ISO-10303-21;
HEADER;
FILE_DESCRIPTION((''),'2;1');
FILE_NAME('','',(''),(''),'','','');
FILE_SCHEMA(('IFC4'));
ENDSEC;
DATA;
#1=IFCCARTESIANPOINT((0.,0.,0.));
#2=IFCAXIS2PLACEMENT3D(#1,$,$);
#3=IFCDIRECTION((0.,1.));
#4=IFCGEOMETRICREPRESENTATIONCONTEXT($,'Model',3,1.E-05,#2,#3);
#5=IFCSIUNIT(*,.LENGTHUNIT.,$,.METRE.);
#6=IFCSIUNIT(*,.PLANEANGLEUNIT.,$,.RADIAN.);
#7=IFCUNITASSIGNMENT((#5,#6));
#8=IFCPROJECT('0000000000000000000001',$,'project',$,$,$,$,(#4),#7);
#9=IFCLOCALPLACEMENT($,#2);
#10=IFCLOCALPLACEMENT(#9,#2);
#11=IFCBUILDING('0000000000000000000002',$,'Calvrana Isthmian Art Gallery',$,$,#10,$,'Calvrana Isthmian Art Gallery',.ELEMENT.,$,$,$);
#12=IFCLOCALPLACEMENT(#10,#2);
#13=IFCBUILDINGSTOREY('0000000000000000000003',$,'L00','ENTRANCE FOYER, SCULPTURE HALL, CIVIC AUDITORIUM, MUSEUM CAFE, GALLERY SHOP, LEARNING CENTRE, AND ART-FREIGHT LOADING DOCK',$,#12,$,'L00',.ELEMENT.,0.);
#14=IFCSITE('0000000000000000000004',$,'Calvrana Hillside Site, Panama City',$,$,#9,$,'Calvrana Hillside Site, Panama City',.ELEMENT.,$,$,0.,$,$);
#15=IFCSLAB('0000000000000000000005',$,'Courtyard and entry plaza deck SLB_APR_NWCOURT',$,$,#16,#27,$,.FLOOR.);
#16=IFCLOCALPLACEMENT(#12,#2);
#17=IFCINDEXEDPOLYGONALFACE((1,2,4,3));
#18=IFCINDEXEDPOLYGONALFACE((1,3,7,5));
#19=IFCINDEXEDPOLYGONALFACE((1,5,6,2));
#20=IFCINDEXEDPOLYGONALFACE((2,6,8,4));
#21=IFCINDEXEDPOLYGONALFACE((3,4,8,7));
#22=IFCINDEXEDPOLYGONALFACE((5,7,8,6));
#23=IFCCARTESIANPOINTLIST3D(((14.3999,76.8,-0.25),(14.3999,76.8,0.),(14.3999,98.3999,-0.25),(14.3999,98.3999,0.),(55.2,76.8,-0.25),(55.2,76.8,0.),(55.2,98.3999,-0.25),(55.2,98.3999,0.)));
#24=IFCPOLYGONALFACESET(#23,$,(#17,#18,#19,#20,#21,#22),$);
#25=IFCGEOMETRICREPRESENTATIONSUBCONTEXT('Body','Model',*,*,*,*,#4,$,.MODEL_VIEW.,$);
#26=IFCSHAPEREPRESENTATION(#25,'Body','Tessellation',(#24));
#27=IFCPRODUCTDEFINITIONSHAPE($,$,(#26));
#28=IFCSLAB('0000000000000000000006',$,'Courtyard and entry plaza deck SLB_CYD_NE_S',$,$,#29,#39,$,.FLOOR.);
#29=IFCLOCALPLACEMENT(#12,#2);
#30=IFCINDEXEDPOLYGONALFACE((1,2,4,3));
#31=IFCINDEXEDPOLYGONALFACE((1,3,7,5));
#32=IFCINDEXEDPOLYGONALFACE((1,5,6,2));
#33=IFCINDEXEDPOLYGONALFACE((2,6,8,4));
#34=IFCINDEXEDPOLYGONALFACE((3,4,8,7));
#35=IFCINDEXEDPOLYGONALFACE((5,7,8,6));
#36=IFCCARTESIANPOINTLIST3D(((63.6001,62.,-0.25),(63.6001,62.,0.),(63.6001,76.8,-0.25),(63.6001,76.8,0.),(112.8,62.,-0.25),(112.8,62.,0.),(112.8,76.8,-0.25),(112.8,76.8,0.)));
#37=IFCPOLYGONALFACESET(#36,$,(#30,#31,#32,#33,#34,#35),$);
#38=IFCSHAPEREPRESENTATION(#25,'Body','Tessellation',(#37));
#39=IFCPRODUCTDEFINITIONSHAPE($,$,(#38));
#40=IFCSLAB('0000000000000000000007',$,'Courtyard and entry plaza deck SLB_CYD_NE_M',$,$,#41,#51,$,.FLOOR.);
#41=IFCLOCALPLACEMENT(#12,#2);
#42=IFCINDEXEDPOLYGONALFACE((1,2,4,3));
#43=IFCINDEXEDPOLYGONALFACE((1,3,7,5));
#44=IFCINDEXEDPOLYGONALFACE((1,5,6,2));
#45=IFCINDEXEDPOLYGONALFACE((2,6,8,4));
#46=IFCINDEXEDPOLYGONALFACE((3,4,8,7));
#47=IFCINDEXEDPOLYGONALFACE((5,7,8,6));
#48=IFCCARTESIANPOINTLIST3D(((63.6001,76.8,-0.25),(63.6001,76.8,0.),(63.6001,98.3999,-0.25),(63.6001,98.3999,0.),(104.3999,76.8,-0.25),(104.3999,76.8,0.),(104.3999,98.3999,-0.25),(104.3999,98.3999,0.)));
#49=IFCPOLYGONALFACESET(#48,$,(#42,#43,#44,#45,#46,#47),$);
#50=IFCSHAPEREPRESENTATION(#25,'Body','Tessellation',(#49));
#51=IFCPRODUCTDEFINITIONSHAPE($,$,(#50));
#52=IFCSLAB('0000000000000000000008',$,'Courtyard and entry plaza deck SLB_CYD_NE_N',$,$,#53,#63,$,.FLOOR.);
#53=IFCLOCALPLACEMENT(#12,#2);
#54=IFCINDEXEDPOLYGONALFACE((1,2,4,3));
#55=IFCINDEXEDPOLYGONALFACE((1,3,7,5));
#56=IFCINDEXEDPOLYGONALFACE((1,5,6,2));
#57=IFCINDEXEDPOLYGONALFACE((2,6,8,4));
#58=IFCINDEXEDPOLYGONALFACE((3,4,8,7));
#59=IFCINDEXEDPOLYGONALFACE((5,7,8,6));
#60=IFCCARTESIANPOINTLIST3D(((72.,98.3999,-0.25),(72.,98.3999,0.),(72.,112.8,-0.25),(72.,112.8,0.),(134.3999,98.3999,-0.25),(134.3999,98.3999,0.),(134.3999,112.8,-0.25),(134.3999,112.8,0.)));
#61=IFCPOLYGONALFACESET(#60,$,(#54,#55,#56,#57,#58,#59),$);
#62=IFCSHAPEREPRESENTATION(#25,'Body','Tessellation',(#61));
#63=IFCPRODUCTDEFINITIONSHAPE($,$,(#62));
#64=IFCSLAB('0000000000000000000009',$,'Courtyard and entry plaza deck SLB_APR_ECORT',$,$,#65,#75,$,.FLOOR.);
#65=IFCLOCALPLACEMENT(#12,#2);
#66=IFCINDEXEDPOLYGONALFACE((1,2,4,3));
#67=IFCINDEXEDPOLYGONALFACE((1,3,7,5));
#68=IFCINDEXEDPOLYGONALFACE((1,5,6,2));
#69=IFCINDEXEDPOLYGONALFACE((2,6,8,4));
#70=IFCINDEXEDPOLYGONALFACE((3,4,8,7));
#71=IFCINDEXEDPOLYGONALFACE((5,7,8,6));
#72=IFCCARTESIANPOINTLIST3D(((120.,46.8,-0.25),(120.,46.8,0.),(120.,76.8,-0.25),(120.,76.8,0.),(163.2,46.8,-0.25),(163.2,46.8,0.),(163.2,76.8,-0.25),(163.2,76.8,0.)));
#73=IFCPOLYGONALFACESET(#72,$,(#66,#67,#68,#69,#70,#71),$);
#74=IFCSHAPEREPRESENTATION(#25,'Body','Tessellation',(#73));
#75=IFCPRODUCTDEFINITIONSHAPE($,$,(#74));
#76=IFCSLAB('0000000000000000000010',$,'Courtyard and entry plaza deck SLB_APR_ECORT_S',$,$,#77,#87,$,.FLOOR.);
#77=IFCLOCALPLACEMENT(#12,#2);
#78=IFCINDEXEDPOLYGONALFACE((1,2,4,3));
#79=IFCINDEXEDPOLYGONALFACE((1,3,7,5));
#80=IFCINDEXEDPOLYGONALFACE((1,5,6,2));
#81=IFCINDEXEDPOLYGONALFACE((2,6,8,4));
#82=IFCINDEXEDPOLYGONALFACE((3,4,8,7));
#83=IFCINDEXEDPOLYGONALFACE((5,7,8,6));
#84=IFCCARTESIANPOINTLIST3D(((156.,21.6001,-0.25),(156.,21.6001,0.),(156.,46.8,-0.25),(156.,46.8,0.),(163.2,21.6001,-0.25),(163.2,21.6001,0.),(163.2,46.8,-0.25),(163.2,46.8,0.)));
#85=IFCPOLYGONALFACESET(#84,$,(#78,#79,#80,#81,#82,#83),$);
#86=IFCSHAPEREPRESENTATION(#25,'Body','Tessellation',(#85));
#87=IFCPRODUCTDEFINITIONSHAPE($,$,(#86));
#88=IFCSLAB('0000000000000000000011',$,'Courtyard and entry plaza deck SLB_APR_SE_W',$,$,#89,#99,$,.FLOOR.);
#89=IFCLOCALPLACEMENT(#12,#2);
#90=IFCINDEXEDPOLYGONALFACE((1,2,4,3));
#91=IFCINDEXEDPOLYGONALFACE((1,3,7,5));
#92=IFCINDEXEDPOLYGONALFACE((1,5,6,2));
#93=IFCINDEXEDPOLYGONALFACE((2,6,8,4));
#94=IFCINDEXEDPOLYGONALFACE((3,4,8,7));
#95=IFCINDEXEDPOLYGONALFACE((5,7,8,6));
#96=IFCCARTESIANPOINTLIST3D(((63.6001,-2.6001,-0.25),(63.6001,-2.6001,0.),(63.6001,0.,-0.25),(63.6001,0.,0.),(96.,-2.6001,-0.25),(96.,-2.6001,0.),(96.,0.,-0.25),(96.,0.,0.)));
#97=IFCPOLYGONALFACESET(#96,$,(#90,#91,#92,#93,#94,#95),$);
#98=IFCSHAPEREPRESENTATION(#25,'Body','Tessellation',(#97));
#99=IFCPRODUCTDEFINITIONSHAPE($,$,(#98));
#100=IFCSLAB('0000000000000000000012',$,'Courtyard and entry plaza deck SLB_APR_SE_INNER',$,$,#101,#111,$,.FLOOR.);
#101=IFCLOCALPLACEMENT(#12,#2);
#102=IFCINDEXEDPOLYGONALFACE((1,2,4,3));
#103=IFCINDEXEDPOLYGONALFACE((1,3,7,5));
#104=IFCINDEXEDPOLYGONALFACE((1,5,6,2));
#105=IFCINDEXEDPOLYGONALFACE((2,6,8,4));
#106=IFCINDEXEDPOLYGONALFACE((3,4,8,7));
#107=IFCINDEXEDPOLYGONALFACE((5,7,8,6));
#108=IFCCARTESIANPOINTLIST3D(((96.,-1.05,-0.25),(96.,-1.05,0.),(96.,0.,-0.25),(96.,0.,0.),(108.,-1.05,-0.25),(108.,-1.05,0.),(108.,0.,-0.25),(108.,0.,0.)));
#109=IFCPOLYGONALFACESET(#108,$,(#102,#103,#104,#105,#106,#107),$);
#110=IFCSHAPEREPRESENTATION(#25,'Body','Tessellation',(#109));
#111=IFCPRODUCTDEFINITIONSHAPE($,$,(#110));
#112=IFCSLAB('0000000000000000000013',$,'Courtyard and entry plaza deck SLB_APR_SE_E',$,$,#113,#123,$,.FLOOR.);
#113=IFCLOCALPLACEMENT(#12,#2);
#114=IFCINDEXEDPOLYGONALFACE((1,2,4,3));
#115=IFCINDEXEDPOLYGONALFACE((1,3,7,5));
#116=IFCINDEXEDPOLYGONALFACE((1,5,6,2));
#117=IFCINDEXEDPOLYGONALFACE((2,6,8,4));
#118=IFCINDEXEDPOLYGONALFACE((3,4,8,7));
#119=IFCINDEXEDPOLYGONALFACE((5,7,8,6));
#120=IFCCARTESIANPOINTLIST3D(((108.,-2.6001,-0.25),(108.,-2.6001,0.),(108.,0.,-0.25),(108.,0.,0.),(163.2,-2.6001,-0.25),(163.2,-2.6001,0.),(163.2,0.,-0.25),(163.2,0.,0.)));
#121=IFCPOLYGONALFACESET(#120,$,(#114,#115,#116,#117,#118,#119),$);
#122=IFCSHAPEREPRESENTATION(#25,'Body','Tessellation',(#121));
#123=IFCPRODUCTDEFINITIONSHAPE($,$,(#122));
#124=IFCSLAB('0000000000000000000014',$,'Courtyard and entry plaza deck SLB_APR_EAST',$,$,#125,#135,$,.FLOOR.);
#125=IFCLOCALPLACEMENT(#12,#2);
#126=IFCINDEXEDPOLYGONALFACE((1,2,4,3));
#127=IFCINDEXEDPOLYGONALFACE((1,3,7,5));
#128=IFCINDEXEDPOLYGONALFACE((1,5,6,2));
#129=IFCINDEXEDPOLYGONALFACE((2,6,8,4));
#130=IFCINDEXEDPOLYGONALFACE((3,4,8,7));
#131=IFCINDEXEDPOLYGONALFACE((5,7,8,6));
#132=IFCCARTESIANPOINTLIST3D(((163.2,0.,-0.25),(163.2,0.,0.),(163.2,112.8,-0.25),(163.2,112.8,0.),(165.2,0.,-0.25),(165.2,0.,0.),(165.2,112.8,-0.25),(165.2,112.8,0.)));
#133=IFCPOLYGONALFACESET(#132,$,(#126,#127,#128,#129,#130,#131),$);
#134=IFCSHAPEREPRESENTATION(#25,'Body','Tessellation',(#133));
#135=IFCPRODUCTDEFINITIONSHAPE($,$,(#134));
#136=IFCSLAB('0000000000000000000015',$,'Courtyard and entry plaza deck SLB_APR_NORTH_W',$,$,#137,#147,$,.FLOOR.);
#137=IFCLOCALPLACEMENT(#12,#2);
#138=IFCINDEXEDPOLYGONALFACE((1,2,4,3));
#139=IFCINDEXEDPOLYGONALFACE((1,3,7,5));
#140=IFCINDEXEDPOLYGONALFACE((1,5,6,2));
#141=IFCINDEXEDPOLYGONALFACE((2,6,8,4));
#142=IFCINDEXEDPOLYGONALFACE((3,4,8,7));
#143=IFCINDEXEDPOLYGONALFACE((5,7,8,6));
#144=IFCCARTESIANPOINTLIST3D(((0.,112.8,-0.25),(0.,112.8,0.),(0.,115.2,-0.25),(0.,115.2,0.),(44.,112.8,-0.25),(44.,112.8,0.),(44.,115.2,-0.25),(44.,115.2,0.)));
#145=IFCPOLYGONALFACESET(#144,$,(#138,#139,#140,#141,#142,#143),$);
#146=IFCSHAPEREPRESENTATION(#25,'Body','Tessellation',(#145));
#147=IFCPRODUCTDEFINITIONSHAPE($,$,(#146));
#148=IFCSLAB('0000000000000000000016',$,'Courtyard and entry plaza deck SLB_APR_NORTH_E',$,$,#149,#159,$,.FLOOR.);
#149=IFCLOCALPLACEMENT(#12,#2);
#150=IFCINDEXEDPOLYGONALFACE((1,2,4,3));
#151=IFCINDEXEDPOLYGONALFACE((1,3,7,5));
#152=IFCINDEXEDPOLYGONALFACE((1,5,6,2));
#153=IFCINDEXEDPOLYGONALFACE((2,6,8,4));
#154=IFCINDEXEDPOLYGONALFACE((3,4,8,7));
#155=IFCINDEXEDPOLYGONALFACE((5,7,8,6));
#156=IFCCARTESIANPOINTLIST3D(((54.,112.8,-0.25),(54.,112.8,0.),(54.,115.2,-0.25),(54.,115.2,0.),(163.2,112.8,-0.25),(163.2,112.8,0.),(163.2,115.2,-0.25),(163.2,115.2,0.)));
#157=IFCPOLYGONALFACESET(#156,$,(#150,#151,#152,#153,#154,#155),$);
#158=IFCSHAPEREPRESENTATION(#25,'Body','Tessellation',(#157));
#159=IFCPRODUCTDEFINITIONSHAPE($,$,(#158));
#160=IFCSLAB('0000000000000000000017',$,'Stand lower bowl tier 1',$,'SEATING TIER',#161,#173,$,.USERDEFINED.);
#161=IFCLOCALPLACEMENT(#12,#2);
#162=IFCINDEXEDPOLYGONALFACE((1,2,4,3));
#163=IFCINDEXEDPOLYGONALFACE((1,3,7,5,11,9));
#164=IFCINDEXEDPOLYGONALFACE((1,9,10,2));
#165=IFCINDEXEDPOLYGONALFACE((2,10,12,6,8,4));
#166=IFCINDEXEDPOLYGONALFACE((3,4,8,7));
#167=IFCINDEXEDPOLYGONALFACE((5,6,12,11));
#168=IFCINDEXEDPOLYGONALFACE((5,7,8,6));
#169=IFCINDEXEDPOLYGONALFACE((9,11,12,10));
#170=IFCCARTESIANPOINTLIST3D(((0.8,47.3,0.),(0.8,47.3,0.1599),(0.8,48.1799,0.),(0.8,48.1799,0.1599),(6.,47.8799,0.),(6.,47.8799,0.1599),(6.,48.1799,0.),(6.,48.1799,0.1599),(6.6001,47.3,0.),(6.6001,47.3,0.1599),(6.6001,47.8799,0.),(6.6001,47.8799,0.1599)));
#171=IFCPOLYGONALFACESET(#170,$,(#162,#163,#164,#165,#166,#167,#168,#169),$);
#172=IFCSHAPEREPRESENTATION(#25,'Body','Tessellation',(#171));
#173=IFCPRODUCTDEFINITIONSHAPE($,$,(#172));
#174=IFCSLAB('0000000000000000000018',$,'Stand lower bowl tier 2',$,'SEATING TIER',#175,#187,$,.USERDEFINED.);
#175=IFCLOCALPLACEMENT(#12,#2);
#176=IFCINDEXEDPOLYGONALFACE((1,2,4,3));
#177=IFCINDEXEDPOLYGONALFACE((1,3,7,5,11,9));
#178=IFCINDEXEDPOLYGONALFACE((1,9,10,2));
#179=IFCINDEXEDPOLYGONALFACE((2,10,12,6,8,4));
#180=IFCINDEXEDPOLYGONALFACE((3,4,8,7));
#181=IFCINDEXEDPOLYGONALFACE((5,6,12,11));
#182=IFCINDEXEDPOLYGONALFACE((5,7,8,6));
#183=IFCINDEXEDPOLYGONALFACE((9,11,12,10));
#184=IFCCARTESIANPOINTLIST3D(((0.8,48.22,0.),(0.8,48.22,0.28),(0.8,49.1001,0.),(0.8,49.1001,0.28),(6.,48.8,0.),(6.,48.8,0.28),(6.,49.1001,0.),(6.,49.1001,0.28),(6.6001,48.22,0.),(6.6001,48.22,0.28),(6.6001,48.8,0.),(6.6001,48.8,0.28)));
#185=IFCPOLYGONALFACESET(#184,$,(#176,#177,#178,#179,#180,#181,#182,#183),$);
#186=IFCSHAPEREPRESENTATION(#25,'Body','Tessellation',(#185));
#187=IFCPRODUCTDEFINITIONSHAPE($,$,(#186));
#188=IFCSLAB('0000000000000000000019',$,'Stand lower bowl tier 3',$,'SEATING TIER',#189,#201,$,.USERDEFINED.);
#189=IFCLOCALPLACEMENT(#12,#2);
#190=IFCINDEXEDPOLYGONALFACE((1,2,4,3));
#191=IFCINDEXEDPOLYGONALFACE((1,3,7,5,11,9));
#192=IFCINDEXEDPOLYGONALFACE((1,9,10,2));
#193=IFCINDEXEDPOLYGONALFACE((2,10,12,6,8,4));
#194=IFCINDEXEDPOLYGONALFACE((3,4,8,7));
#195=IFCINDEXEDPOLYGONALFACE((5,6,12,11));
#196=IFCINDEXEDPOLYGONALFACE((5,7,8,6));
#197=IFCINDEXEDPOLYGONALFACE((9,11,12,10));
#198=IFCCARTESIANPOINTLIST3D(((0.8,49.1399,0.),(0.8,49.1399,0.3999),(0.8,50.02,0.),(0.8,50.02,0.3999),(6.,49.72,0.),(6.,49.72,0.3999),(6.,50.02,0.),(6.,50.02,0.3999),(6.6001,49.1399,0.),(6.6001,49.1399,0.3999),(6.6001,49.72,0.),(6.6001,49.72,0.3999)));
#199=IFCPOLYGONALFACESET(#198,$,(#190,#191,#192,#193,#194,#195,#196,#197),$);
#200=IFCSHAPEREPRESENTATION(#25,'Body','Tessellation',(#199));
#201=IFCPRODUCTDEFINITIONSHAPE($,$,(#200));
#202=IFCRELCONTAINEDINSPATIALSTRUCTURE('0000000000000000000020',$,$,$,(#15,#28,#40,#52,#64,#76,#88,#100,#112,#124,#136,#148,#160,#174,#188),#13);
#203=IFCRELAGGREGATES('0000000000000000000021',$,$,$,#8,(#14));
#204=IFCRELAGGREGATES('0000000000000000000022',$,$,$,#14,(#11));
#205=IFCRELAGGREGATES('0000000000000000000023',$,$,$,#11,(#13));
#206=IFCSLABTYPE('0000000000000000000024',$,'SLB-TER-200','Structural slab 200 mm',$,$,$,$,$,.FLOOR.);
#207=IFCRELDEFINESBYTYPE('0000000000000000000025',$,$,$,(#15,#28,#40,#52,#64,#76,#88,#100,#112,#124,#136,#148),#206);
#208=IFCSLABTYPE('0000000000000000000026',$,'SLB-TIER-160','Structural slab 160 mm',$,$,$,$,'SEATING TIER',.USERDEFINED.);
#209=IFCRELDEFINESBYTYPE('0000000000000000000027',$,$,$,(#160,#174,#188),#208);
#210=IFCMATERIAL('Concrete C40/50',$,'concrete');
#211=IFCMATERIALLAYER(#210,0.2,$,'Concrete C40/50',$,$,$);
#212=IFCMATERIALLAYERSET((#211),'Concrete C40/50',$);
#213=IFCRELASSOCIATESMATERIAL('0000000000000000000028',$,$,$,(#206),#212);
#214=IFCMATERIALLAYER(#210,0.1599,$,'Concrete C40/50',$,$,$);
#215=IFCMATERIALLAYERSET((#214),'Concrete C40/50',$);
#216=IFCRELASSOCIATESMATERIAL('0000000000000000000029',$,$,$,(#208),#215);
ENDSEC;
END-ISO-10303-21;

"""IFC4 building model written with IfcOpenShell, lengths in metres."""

from ifc_helpers import new_model, si_unit, direction, frame, origin, place, context, subcontext, project, spatial, polyline, outline, extrude, material, layer, layer_set, type_object, element, save


model = new_model("IFC4")

# Units and contexts
model_context = context("Model", 3, precision=1e-05, world=origin(), true_north=direction((0.0, 1.0)))
body_context = subcontext(model_context, "Body", "Model", "MODEL_VIEW")
ifc_project = project(units=[si_unit("LENGTHUNIT", "METRE"), si_unit("PLANEANGLEUNIT", "RADIAN")], contexts=[model_context])

# Site, building, storey
site_placement = place(None, origin())
site = spatial("IfcSite", under=ifc_project, at=site_placement, Name="Calvrana Hillside Site, Panama City", LongName="Calvrana Hillside Site, Panama City", CompositionType="ELEMENT", RefElevation=0.0)
building_placement = place(site_placement, origin())
building = spatial("IfcBuilding", under=site, at=building_placement, Name="Calvrana Isthmian Art Gallery", LongName="Calvrana Isthmian Art Gallery", CompositionType="ELEMENT")
storey_placement = place(building_placement, origin())
storey = spatial("IfcBuildingStorey", under=building, at=storey_placement, Name="L00", Description="ENTRANCE FOYER, SCULPTURE HALL, CIVIC AUDITORIUM, MUSEUM CAFE, GALLERY SHOP, LEARNING CENTRE, AND ART-FREIGHT LOADING DOCK", LongName="L00", CompositionType="ELEMENT", Elevation=0.0)

# Slabs
ifc_material_1 = material(Name="Concrete C40/50", Category="concrete")
ifc_layer_1 = layer(ifc_material_1, 0.2, Name="Concrete C40/50")
ifc_layer_set_1 = layer_set([ifc_layer_1], Name="Concrete C40/50")
slab_type_1 = type_object("IfcSlabType", Name="SLB-TER-200", Description="Structural slab 200 mm", PredefinedType="FLOOR", material=ifc_layer_set_1)
slab_1_placement = place(storey_placement, frame((0.0, 0.0, -0.25)))
element("IfcSlab", 1, at=slab_1_placement, inside=storey, type_object=slab_type_1, Name="Courtyard and entry plaza deck SLB_APR_NWCOURT", PredefinedType="FLOOR", context=body_context, shape_type="SweptSolid", body=[
    extrude(outline(polyline([(55.2, 76.8), (55.2, 98.3999), (14.3999, 98.3999), (14.3999, 76.8), (55.2, 76.8)])), origin(), (0.0, 0.0, 1.0), 0.25),
])
slab_2_placement = place(storey_placement, frame((0.0, 0.0, -0.25)))
element("IfcSlab", 2, at=slab_2_placement, inside=storey, type_object=slab_type_1, Name="Courtyard and entry plaza deck SLB_CYD_NE_S", PredefinedType="FLOOR", context=body_context, shape_type="SweptSolid", body=[
    extrude(outline(polyline([(112.8, 62.0), (112.8, 76.8), (63.6001, 76.8), (63.6001, 62.0), (112.8, 62.0)])), origin(), (0.0, 0.0, 1.0), 0.25),
])
slab_3_placement = place(storey_placement, frame((0.0, 0.0, -0.25)))
element("IfcSlab", 3, at=slab_3_placement, inside=storey, type_object=slab_type_1, Name="Courtyard and entry plaza deck SLB_CYD_NE_M", PredefinedType="FLOOR", context=body_context, shape_type="SweptSolid", body=[
    extrude(outline(polyline([(104.3999, 76.8), (104.3999, 98.3999), (63.6001, 98.3999), (63.6001, 76.8), (104.3999, 76.8)])), origin(), (0.0, 0.0, 1.0), 0.25),
])
slab_4_placement = place(storey_placement, frame((0.0, 0.0, -0.25)))
element("IfcSlab", 4, at=slab_4_placement, inside=storey, type_object=slab_type_1, Name="Courtyard and entry plaza deck SLB_CYD_NE_N", PredefinedType="FLOOR", context=body_context, shape_type="SweptSolid", body=[
    extrude(outline(polyline([(134.3999, 98.3999), (134.3999, 112.8), (72.0, 112.8), (72.0, 98.3999), (134.3999, 98.3999)])), origin(), (0.0, 0.0, 1.0), 0.25),
])
slab_5_placement = place(storey_placement, frame((0.0, 0.0, -0.25)))
element("IfcSlab", 5, at=slab_5_placement, inside=storey, type_object=slab_type_1, Name="Courtyard and entry plaza deck SLB_APR_ECORT", PredefinedType="FLOOR", context=body_context, shape_type="SweptSolid", body=[
    extrude(outline(polyline([(163.2, 46.8), (163.2, 76.8), (120.0, 76.8), (120.0, 46.8), (163.2, 46.8)])), origin(), (0.0, 0.0, 1.0), 0.25),
])
slab_6_placement = place(storey_placement, frame((0.0, 0.0, -0.25)))
element("IfcSlab", 6, at=slab_6_placement, inside=storey, type_object=slab_type_1, Name="Courtyard and entry plaza deck SLB_APR_ECORT_S", PredefinedType="FLOOR", context=body_context, shape_type="SweptSolid", body=[
    extrude(outline(polyline([(163.2, 21.6001), (163.2, 46.8), (156.0, 46.8), (156.0, 21.6001), (163.2, 21.6001)])), origin(), (0.0, 0.0, 1.0), 0.25),
])
slab_7_placement = place(storey_placement, frame((0.0, 0.0, -0.25)))
element("IfcSlab", 7, at=slab_7_placement, inside=storey, type_object=slab_type_1, Name="Courtyard and entry plaza deck SLB_APR_SE_W", PredefinedType="FLOOR", context=body_context, shape_type="SweptSolid", body=[
    extrude(outline(polyline([(96.0, -2.6001), (96.0, 0.0), (63.6001, 0.0), (63.6001, -2.6001), (96.0, -2.6001)])), origin(), (0.0, 0.0, 1.0), 0.25),
])
slab_8_placement = place(storey_placement, frame((0.0, 0.0, -0.25)))
element("IfcSlab", 8, at=slab_8_placement, inside=storey, type_object=slab_type_1, Name="Courtyard and entry plaza deck SLB_APR_SE_INNER", PredefinedType="FLOOR", context=body_context, shape_type="SweptSolid", body=[
    extrude(outline(polyline([(108.0, -1.05), (108.0, 0.0), (96.0, 0.0), (96.0, -1.05), (108.0, -1.05)])), origin(), (0.0, 0.0, 1.0), 0.25),
])
slab_9_placement = place(storey_placement, frame((0.0, 0.0, -0.25)))
element("IfcSlab", 9, at=slab_9_placement, inside=storey, type_object=slab_type_1, Name="Courtyard and entry plaza deck SLB_APR_SE_E", PredefinedType="FLOOR", context=body_context, shape_type="SweptSolid", body=[
    extrude(outline(polyline([(163.2, -2.6001), (163.2, 0.0), (108.0, 0.0), (108.0, -2.6001), (163.2, -2.6001)])), origin(), (0.0, 0.0, 1.0), 0.25),
])
slab_10_placement = place(storey_placement, frame((0.0, 0.0, -0.25)))
element("IfcSlab", 10, at=slab_10_placement, inside=storey, type_object=slab_type_1, Name="Courtyard and entry plaza deck SLB_APR_EAST", PredefinedType="FLOOR", context=body_context, shape_type="SweptSolid", body=[
    extrude(outline(polyline([(165.2, 0.0), (165.2, 112.8), (163.2, 112.8), (163.2, 0.0), (165.2, 0.0)])), origin(), (0.0, 0.0, 1.0), 0.25),
])
slab_11_placement = place(storey_placement, frame((0.0, 0.0, -0.25)))
element("IfcSlab", 11, at=slab_11_placement, inside=storey, type_object=slab_type_1, Name="Courtyard and entry plaza deck SLB_APR_NORTH_W", PredefinedType="FLOOR", context=body_context, shape_type="SweptSolid", body=[
    extrude(outline(polyline([(44.0, 112.8), (44.0, 115.2), (0.0, 115.2), (0.0, 112.8), (44.0, 112.8)])), origin(), (0.0, 0.0, 1.0), 0.25),
])
slab_12_placement = place(storey_placement, frame((0.0, 0.0, -0.25)))
element("IfcSlab", 12, at=slab_12_placement, inside=storey, type_object=slab_type_1, Name="Courtyard and entry plaza deck SLB_APR_NORTH_E", PredefinedType="FLOOR", context=body_context, shape_type="SweptSolid", body=[
    extrude(outline(polyline([(163.2, 112.8), (163.2, 115.2), (54.0, 115.2), (54.0, 112.8), (163.2, 112.8)])), origin(), (0.0, 0.0, 1.0), 0.25),
])
ifc_layer_2 = layer(ifc_material_1, 0.1599, Name="Concrete C40/50")
ifc_layer_set_2 = layer_set([ifc_layer_2], Name="Concrete C40/50")
slab_type_2 = type_object("IfcSlabType", Name="SLB-TIER-160", Description="Structural slab 160 mm", ElementType="SEATING TIER", PredefinedType="USERDEFINED", material=ifc_layer_set_2)
slab_13_placement = place(storey_placement, origin())
element("IfcSlab", 13, at=slab_13_placement, inside=storey, type_object=slab_type_2, Name="Stand lower bowl tier 1", ObjectType="SEATING TIER", PredefinedType="USERDEFINED", context=body_context, shape_type="SweptSolid", body=[
    extrude(outline(polyline([(0.8, 47.3), (6.6001, 47.3), (6.6001, 47.8799), (6.0, 47.8799), (6.0, 48.1799), (0.8, 48.1799), (0.8, 47.3)])), origin(), (0.0, 0.0, 1.0), 0.1599),
])
slab_14_placement = place(storey_placement, origin())
element("IfcSlab", 14, at=slab_14_placement, inside=storey, type_object=slab_type_2, Name="Stand lower bowl tier 2", ObjectType="SEATING TIER", PredefinedType="USERDEFINED", context=body_context, shape_type="SweptSolid", body=[
    extrude(outline(polyline([(0.8, 48.22), (6.6001, 48.22), (6.6001, 48.8), (6.0, 48.8), (6.0, 49.1001), (0.8, 49.1001), (0.8, 48.22)])), origin(), (0.0, 0.0, 1.0), 0.28),
])
slab_15_placement = place(storey_placement, origin())
element("IfcSlab", 15, at=slab_15_placement, inside=storey, type_object=slab_type_2, Name="Stand lower bowl tier 3", ObjectType="SEATING TIER", PredefinedType="USERDEFINED", context=body_context, shape_type="SweptSolid", body=[
    extrude(outline(polyline([(0.8, 49.1399), (6.6001, 49.1399), (6.6001, 49.72), (6.0, 49.72), (6.0, 50.02), (0.8, 50.02), (0.8, 49.1399)])), origin(), (0.0, 0.0, 1.0), 0.3999),
])

save(model, "model.ifc")
